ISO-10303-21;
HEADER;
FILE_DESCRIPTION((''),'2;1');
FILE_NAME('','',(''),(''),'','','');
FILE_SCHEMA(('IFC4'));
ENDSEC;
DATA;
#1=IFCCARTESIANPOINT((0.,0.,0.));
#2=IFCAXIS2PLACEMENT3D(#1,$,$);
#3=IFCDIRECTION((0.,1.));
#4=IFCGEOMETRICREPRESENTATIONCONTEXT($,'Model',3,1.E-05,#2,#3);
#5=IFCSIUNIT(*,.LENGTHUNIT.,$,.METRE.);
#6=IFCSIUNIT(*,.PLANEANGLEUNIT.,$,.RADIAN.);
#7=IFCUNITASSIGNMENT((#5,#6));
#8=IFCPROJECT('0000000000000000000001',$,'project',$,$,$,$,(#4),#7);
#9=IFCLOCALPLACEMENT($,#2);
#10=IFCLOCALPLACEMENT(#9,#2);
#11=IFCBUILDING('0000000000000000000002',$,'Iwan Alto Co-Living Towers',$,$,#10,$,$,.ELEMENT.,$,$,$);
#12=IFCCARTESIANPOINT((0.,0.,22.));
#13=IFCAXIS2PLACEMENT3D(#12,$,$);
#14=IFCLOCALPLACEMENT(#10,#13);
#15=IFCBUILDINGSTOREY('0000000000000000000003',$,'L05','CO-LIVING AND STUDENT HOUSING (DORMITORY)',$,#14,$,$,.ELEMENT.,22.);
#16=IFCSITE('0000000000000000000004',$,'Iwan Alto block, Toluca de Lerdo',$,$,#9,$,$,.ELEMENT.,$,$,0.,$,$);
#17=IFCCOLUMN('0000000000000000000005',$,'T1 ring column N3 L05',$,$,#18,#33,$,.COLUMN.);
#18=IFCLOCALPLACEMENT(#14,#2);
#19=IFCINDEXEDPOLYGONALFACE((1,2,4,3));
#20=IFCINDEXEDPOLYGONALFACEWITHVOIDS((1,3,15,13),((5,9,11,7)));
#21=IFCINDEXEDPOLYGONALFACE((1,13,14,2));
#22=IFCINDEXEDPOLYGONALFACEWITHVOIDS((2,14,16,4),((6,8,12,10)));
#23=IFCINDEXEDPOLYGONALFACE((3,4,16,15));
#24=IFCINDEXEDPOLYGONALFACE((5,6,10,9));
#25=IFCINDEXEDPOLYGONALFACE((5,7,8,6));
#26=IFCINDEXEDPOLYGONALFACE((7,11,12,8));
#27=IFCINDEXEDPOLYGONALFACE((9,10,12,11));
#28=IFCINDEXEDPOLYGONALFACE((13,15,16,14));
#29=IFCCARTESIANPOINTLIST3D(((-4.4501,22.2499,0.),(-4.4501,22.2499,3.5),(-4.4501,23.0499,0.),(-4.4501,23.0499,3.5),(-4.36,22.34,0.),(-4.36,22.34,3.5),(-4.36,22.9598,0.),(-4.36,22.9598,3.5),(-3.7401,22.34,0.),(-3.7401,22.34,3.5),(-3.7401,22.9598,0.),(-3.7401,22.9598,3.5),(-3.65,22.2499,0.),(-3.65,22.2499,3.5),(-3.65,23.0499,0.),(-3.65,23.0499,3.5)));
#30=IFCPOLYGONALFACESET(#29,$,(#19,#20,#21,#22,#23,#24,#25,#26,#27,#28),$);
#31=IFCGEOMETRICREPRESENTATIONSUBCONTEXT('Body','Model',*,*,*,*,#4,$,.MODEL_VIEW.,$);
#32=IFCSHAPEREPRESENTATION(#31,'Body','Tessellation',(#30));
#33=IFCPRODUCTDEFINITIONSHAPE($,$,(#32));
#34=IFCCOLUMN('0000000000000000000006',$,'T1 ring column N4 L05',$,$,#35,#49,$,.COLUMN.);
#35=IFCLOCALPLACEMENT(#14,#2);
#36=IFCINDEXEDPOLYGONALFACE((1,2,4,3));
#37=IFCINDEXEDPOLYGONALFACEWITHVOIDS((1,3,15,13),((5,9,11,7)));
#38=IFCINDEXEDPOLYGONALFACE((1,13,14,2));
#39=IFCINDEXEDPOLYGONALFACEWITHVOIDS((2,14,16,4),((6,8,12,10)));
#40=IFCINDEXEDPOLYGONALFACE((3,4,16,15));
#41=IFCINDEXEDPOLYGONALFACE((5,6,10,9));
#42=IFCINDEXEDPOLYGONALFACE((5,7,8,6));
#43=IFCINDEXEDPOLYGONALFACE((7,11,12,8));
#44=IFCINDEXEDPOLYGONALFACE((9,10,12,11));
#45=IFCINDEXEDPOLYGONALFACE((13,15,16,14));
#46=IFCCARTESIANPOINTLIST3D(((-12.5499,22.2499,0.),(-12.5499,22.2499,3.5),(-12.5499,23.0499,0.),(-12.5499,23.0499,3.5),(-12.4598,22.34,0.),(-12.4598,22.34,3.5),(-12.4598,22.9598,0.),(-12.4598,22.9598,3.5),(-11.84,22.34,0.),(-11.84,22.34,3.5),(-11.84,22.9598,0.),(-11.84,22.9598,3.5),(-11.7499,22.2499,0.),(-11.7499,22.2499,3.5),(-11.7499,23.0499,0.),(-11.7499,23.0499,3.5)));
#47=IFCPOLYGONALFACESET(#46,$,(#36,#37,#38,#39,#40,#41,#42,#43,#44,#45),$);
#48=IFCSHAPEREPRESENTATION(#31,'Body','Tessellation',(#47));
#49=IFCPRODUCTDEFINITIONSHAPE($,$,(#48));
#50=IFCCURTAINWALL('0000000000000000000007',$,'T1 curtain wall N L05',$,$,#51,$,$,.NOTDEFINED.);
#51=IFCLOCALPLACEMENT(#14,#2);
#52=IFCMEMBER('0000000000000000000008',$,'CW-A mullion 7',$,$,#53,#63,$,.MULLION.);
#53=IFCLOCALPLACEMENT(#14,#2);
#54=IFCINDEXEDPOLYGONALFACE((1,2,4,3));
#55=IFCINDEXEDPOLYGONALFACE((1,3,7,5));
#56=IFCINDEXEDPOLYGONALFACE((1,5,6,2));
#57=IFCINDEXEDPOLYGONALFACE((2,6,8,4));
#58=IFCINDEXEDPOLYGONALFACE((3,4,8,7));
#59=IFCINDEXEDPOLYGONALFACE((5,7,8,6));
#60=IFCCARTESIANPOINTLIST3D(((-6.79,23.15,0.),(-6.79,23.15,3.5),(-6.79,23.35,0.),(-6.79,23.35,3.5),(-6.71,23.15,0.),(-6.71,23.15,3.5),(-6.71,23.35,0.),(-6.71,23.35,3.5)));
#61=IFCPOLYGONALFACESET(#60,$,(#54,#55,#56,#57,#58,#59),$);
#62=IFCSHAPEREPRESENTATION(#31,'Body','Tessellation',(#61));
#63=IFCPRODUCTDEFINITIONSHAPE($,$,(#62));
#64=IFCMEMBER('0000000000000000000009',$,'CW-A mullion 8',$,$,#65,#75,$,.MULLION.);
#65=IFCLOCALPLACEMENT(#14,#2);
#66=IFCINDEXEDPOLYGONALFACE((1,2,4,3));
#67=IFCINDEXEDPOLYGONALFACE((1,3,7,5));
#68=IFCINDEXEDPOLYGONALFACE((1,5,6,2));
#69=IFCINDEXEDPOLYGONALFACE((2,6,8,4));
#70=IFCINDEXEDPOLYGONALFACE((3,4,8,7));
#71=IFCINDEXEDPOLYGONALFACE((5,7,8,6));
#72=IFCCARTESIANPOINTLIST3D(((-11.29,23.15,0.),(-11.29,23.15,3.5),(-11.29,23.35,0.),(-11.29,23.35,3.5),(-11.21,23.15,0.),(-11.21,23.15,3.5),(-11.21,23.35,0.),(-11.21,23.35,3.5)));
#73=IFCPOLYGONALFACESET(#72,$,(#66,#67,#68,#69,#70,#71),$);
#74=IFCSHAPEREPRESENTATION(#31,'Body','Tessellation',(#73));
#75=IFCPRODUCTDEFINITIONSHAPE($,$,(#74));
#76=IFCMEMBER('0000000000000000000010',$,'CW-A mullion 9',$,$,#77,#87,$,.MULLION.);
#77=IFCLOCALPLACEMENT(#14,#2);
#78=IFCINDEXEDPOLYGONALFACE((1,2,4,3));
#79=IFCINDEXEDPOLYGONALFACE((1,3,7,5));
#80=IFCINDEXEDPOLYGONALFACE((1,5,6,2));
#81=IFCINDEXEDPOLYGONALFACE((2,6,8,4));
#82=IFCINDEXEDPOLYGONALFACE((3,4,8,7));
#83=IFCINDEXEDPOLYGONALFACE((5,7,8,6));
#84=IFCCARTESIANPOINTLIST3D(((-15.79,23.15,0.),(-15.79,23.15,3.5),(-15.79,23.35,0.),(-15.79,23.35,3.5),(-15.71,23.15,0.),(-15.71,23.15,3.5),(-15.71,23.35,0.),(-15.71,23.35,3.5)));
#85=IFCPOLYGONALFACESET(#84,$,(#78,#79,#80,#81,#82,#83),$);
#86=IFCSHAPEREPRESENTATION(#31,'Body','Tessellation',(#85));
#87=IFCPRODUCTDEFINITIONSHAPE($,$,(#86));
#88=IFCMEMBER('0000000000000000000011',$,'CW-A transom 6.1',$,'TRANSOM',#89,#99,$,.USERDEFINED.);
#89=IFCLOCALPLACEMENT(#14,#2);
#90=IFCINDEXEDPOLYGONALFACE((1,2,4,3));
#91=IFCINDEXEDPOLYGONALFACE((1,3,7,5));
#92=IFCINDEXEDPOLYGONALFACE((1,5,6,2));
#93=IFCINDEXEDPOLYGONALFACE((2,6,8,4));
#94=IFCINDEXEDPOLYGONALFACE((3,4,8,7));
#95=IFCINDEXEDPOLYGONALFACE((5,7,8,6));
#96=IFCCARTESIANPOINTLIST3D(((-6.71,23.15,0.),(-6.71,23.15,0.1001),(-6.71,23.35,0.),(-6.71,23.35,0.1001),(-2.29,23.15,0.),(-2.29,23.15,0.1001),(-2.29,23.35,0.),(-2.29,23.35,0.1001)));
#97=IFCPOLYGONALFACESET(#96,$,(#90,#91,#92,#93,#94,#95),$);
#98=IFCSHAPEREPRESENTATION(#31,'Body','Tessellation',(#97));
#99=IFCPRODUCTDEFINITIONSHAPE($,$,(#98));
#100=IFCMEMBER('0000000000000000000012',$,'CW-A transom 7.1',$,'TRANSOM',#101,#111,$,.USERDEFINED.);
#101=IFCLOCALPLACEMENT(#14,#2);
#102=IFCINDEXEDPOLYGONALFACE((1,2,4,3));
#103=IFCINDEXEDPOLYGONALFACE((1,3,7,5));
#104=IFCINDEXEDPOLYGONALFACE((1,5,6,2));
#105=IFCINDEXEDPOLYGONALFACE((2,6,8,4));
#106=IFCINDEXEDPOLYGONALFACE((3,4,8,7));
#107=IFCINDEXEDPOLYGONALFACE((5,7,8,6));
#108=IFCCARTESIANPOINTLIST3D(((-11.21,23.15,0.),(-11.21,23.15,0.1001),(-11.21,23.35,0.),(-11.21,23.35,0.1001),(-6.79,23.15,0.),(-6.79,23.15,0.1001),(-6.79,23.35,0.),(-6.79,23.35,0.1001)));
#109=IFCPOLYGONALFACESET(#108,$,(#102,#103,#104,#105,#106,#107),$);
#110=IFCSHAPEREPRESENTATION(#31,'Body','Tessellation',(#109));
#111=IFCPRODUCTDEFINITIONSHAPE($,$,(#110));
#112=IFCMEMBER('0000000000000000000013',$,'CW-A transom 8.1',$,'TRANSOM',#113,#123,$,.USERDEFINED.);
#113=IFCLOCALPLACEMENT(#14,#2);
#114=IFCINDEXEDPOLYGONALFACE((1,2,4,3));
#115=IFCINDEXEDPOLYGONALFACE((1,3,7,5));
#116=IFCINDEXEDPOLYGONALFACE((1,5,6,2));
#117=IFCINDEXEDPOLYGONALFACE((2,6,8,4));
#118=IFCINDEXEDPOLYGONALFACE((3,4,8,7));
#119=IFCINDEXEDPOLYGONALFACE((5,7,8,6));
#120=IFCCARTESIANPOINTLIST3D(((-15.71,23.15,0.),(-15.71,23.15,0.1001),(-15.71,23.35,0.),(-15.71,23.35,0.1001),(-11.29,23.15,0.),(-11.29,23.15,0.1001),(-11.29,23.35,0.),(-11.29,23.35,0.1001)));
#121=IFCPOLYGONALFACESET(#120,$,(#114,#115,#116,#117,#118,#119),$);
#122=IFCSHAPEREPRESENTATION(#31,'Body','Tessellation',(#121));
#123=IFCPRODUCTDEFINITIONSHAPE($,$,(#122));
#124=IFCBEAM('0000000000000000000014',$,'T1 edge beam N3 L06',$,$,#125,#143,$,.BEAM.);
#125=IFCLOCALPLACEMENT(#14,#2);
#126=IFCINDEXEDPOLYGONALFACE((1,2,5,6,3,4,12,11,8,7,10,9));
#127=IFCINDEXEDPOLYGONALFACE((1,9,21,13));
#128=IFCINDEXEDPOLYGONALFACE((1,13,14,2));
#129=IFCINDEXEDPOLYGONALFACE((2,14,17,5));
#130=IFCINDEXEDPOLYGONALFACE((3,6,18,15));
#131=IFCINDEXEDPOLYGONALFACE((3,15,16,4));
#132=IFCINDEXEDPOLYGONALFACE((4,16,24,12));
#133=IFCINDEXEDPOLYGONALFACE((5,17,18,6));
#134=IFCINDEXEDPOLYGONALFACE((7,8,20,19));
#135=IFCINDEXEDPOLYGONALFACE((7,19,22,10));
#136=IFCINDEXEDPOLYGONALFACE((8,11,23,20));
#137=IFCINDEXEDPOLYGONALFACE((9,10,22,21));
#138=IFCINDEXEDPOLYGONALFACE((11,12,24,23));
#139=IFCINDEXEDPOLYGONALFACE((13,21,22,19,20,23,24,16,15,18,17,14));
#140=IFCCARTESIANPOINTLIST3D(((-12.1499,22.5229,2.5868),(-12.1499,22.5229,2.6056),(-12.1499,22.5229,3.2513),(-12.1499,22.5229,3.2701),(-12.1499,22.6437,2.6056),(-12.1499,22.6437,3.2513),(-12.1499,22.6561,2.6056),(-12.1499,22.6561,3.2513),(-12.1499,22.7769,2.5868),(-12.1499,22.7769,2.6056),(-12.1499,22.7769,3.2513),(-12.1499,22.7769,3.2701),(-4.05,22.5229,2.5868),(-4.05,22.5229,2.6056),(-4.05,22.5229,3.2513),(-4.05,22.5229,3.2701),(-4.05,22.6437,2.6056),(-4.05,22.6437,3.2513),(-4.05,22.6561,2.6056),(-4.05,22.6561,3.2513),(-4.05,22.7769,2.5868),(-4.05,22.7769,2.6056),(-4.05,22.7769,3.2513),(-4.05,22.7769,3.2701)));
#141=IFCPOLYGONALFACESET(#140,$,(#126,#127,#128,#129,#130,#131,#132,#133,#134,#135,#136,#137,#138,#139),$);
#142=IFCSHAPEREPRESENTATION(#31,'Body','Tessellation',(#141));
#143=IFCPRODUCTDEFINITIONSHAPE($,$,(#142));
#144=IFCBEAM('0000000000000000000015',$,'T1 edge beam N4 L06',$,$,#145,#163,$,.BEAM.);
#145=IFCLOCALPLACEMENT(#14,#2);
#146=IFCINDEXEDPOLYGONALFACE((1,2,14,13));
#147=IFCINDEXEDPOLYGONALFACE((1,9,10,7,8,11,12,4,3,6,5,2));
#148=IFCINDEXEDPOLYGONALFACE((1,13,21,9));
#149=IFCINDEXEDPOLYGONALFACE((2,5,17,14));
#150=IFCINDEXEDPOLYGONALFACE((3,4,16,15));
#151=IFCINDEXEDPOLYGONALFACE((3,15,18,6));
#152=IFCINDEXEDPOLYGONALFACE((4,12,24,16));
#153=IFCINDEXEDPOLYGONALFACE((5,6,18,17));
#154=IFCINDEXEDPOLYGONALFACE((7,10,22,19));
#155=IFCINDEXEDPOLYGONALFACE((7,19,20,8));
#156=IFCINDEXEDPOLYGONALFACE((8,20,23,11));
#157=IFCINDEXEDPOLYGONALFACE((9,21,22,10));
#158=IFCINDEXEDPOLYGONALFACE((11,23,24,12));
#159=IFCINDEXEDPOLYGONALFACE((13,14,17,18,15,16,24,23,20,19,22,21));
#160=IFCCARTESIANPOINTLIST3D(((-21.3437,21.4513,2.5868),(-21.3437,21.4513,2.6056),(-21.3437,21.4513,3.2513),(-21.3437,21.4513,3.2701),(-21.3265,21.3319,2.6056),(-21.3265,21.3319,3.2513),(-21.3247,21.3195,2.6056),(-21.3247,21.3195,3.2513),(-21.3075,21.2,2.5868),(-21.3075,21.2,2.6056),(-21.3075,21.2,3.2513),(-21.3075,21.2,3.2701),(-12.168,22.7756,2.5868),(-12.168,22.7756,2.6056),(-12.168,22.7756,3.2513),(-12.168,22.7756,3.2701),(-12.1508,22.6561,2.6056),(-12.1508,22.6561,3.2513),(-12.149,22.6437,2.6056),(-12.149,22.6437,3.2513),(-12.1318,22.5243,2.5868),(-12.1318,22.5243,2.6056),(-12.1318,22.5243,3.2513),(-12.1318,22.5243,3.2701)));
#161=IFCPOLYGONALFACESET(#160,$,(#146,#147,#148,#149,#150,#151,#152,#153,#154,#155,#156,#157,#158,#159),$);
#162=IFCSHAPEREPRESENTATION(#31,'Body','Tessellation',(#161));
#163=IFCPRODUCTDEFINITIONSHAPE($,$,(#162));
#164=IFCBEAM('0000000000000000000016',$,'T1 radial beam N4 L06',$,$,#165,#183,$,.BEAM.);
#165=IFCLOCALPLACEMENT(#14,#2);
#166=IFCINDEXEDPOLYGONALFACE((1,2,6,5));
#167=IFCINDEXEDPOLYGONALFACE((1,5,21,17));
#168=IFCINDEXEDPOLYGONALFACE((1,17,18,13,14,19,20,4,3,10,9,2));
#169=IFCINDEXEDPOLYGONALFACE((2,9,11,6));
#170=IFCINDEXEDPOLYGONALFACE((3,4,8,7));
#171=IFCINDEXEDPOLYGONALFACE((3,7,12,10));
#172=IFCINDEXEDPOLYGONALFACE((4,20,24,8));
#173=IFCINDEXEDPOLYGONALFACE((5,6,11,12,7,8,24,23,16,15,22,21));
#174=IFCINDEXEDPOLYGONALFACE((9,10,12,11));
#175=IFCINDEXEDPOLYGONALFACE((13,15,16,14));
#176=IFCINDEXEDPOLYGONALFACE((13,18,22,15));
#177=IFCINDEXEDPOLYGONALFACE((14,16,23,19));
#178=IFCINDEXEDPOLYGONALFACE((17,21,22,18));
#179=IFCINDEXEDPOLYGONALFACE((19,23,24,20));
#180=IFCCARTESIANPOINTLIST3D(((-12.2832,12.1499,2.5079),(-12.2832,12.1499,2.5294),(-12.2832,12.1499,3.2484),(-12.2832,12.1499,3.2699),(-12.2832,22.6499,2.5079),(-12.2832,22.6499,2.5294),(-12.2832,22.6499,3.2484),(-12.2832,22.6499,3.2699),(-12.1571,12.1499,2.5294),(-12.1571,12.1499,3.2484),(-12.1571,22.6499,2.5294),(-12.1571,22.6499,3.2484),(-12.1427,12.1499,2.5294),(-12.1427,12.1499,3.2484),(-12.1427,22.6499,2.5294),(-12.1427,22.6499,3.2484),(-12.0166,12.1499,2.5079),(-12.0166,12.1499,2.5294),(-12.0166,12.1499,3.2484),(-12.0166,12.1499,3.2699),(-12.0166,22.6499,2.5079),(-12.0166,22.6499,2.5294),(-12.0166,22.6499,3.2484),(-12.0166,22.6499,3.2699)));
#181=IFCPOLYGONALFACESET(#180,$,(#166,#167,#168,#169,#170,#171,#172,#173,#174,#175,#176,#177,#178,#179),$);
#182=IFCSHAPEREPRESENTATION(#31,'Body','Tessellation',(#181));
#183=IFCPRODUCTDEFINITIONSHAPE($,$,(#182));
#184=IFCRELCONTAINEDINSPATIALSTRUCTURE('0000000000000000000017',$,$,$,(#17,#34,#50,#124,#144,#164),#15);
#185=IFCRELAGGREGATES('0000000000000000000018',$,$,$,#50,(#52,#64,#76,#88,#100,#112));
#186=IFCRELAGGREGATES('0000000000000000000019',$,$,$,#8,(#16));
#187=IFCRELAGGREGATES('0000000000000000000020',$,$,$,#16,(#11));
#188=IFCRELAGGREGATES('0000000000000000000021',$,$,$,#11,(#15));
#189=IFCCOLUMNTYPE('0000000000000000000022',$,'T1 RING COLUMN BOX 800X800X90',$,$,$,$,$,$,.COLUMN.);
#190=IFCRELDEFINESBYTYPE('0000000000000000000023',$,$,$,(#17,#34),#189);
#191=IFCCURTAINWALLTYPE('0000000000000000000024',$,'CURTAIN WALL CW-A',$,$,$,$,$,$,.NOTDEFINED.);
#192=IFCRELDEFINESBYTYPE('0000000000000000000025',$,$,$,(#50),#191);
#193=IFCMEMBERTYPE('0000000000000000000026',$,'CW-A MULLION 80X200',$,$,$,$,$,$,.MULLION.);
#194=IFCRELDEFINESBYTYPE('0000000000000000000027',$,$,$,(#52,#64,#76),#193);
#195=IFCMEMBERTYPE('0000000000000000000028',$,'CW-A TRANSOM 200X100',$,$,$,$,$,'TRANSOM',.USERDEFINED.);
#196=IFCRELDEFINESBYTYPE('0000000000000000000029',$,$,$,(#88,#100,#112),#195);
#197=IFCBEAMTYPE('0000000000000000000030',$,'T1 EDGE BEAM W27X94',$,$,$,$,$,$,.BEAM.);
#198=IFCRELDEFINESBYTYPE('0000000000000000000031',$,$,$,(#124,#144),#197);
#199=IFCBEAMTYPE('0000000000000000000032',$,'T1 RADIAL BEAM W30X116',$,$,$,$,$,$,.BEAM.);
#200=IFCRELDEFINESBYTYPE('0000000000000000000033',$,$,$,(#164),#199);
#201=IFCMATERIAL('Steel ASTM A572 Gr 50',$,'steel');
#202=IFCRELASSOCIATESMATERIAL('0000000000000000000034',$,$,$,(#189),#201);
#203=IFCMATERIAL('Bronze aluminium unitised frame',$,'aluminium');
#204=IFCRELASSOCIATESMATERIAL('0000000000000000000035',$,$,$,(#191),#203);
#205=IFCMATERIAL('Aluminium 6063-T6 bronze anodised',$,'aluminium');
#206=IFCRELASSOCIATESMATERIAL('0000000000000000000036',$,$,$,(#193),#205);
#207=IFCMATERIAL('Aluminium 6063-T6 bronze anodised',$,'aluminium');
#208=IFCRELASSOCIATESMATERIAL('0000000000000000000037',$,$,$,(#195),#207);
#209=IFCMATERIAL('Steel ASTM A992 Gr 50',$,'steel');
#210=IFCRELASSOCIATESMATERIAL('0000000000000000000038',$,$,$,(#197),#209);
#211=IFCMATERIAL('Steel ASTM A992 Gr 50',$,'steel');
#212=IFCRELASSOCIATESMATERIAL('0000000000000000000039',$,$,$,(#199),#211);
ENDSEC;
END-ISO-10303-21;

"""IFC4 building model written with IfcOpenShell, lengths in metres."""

from ifc_helpers import new_model, si_unit, direction, frame, origin, origin_2d, place, context, subcontext, project, spatial, rectangle, hollow_rectangle, i_section, extrude, material, material_profile, profile_set, type_object, element, aggregate, save


model = new_model("IFC4")

# Units and contexts
model_context = context("Model", 3, precision=1e-05, world=origin(), true_north=direction((0.0, 1.0)))
body_context = subcontext(model_context, "Body", "Model", "MODEL_VIEW")
ifc_project = project(units=[si_unit("LENGTHUNIT", "METRE"), si_unit("PLANEANGLEUNIT", "RADIAN")], contexts=[model_context])

# Site, building, storey
site_placement = place(None, origin())
site = spatial("IfcSite", under=ifc_project, at=site_placement, Name="Iwan Alto block, Toluca de Lerdo", CompositionType="ELEMENT", RefElevation=0.0)
building_placement = place(site_placement, origin())
building = spatial("IfcBuilding", under=site, at=building_placement, Name="Iwan Alto Co-Living Towers", CompositionType="ELEMENT")
storey_placement = place(building_placement, frame((0.0, 0.0, 22.0)))
storey = spatial("IfcBuildingStorey", under=building, at=storey_placement, Name="L05", Description="CO-LIVING AND STUDENT HOUSING (DORMITORY)", CompositionType="ELEMENT", Elevation=22.0)

# Columns
ifc_material_1 = material(Name="Steel ASTM A572 Gr 50", Category="steel")
ifc_material_profile_1 = material_profile(ifc_material_1, hollow_rectangle(XDim=0.8, YDim=0.8, WallThickness=0.0901, at=origin_2d()), Name="BOX 800X800X90")
ifc_profile_set_1 = profile_set([ifc_material_profile_1], Name="Steel ASTM A572 Gr 50")
column_type = type_object("IfcColumnType", Name="T1 RING COLUMN BOX 800X800X90", PredefinedType="COLUMN", material=ifc_profile_set_1)
for number, where, z_axis, x_axis, name in (
    (1, (-4.05, 22.6499, 0.0), (0.0, 0.0, 1.0), (1.0, 0.0, 0.0), "T1 ring column N3 L05"),
    (2, (-12.1499, 22.6499, 0.0), (0.0, 0.0, 1.0), (1.0, 0.0, 0.0), "T1 ring column N4 L05"),
):
    element("IfcColumn", number, at=place(storey_placement, frame(where, z_axis=z_axis, x_axis=x_axis)), inside=storey, type_object=column_type, Name=name, PredefinedType="COLUMN", context=body_context, shape_type="SweptSolid", body=[
        extrude(hollow_rectangle(XDim=0.8, YDim=0.8, WallThickness=0.0901, at=origin_2d()), origin(), (0.0, 0.0, 1.0), 3.5),
    ])

# Curtain wall, members
ifc_material_2 = material(Name="Bronze aluminium unitised frame", Category="aluminium")
curtain_wall_type = type_object("IfcCurtainWallType", Name="CURTAIN WALL CW-A", PredefinedType="NOTDEFINED", material=ifc_material_2)
curtain_wall_placement = place(storey_placement, origin())
curtain_wall = element("IfcCurtainWall", 3, at=curtain_wall_placement, inside=storey, type_object=curtain_wall_type, Name="T1 curtain wall N L05", PredefinedType="NOTDEFINED")
ifc_material_3 = material(Name="Aluminium 6063-T6 bronze anodised", Category="aluminium")
ifc_material_profile_2 = material_profile(ifc_material_3, rectangle(XDim=0.2, YDim=0.0801, at=origin_2d()), Name="AL 80X200")
ifc_profile_set_2 = profile_set([ifc_material_profile_2], Name="Aluminium 6063-T6 bronze anodised")
member_type_1 = type_object("IfcMemberType", Name="CW-A MULLION 80X200", PredefinedType="MULLION", material=ifc_profile_set_2)
member_1_placement = place(storey_placement, frame((-6.75, 23.25, 0.0), z_axis=(0.0, 0.0, 1.0), x_axis=(0.0, -1.0, 0.0)))
member_1 = element("IfcMember", 4, at=member_1_placement, type_object=member_type_1, Name="CW-A mullion 7", PredefinedType="MULLION", context=body_context, shape_type="SweptSolid", body=[
    extrude(rectangle(XDim=0.2, YDim=0.0801, at=origin_2d()), origin(), (0.0, 0.0, 1.0), 3.5),
])
member_2_placement = place(storey_placement, frame((-11.25, 23.25, 0.0), z_axis=(0.0, 0.0, 1.0), x_axis=(0.0, -1.0, 0.0)))
member_2 = element("IfcMember", 5, at=member_2_placement, type_object=member_type_1, Name="CW-A mullion 8", PredefinedType="MULLION", context=body_context, shape_type="SweptSolid", body=[
    extrude(rectangle(XDim=0.2, YDim=0.0801, at=origin_2d()), origin(), (0.0, 0.0, 1.0), 3.5),
])
member_3_placement = place(storey_placement, frame((-15.75, 23.25, 0.0), z_axis=(0.0, 0.0, 1.0), x_axis=(0.0, -1.0, 0.0)))
member_3 = element("IfcMember", 6, at=member_3_placement, type_object=member_type_1, Name="CW-A mullion 9", PredefinedType="MULLION", context=body_context, shape_type="SweptSolid", body=[
    extrude(rectangle(XDim=0.2, YDim=0.0801, at=origin_2d()), origin(), (0.0, 0.0, 1.0), 3.5),
])
ifc_material_4 = material(Name="Aluminium 6063-T6 bronze anodised", Category="aluminium")
ifc_material_profile_3 = material_profile(ifc_material_4, rectangle(XDim=0.2, YDim=0.1001, at=origin_2d()), Name="AL 200X100")
ifc_profile_set_3 = profile_set([ifc_material_profile_3], Name="Aluminium 6063-T6 bronze anodised")
member_type_2 = type_object("IfcMemberType", Name="CW-A TRANSOM 200X100", ElementType="TRANSOM", PredefinedType="USERDEFINED", material=ifc_profile_set_3)
member_4_placement = place(storey_placement, frame((-2.29, 23.25, 0.05), z_axis=(-1.0, 0.0, 0.0), x_axis=(0.0, -1.0, 0.0)))
member_4 = element("IfcMember", 7, at=member_4_placement, type_object=member_type_2, Name="CW-A transom 6.1", ObjectType="TRANSOM", PredefinedType="USERDEFINED", context=body_context, shape_type="SweptSolid", body=[
    extrude(rectangle(XDim=0.2, YDim=0.1001, at=origin_2d()), origin(), (0.0, 0.0, 1.0), 4.4199),
])
member_5_placement = place(storey_placement, frame((-6.79, 23.25, 0.05), z_axis=(-1.0, 0.0, 0.0), x_axis=(0.0, -1.0, 0.0)))
member_5 = element("IfcMember", 8, at=member_5_placement, type_object=member_type_2, Name="CW-A transom 7.1", ObjectType="TRANSOM", PredefinedType="USERDEFINED", context=body_context, shape_type="SweptSolid", body=[
    extrude(rectangle(XDim=0.2, YDim=0.1001, at=origin_2d()), origin(), (0.0, 0.0, 1.0), 4.4199),
])
member_6_placement = place(storey_placement, frame((-11.29, 23.25, 0.05), z_axis=(-1.0, 0.0, 0.0), x_axis=(0.0, -1.0, 0.0)))
member_6 = element("IfcMember", 9, at=member_6_placement, type_object=member_type_2, Name="CW-A transom 8.1", ObjectType="TRANSOM", PredefinedType="USERDEFINED", context=body_context, shape_type="SweptSolid", body=[
    extrude(rectangle(XDim=0.2, YDim=0.1001, at=origin_2d()), origin(), (0.0, 0.0, 1.0), 4.4199),
])

# Beams
ifc_material_5 = material(Name="Steel ASTM A992 Gr 50", Category="steel")
ifc_material_profile_4 = material_profile(ifc_material_5, i_section(OverallWidth=0.2539, OverallDepth=0.6833, WebThickness=0.0125, FlangeThickness=0.0188, at=origin_2d()), Name="W27X94")
ifc_profile_set_4 = profile_set([ifc_material_profile_4], Name="Steel ASTM A992 Gr 50")
beam_type_1 = type_object("IfcBeamType", Name="T1 EDGE BEAM W27X94", PredefinedType="BEAM", material=ifc_profile_set_4)
beam_1_placement = place(storey_placement, frame((-4.05, 22.6499, 2.9285), z_axis=(-1.0, 0.0, 0.0), x_axis=(0.0, -1.0, 0.0)))
element("IfcBeam", 10, at=beam_1_placement, inside=storey, type_object=beam_type_1, Name="T1 edge beam N3 L06", PredefinedType="BEAM", context=body_context, shape_type="SweptSolid", body=[
    extrude(i_section(OverallWidth=0.2539, OverallDepth=0.6833, WebThickness=0.0125, FlangeThickness=0.0188, at=origin_2d()), origin(), (0.0, 0.0, 1.0), 8.0999),
])
beam_2_placement = place(storey_placement, frame((-12.1499, 22.6499, 2.9285), z_axis=(-0.989746, -0.142837, 0.0), x_axis=(0.142837, -0.989746, 0.0)))
element("IfcBeam", 11, at=beam_2_placement, inside=storey, type_object=beam_type_1, Name="T1 edge beam N4 L06", PredefinedType="BEAM", context=body_context, shape_type="SweptSolid", body=[
    extrude(i_section(OverallWidth=0.2539, OverallDepth=0.6833, WebThickness=0.0125, FlangeThickness=0.0188, at=origin_2d()), origin(), (0.0, 0.0, 1.0), 9.2708),
])
ifc_material_6 = material(Name="Steel ASTM A992 Gr 50", Category="steel")
ifc_material_profile_5 = material_profile(ifc_material_6, i_section(OverallWidth=0.2666, OverallDepth=0.762, WebThickness=0.0144, FlangeThickness=0.0215, at=origin_2d()), Name="W30X116")
ifc_profile_set_5 = profile_set([ifc_material_profile_5], Name="Steel ASTM A992 Gr 50")
beam_type_2 = type_object("IfcBeamType", Name="T1 RADIAL BEAM W30X116", PredefinedType="BEAM", material=ifc_profile_set_5)
beam_3_placement = place(storey_placement, frame((-12.1499, 22.6499, 2.8889), z_axis=(0.0, -1.0, 0.0), x_axis=(1.0, 0.0, 0.0)))
element("IfcBeam", 12, at=beam_3_placement, inside=storey, type_object=beam_type_2, Name="T1 radial beam N4 L06", PredefinedType="BEAM", context=body_context, shape_type="SweptSolid", body=[
    extrude(i_section(OverallWidth=0.2666, OverallDepth=0.762, WebThickness=0.0144, FlangeThickness=0.0215, at=origin_2d()), origin(), (0.0, 0.0, 1.0), 10.5),
])

aggregate(curtain_wall, [member_1, member_2, member_3, member_4, member_5, member_6])

save(model, "model.ifc")
